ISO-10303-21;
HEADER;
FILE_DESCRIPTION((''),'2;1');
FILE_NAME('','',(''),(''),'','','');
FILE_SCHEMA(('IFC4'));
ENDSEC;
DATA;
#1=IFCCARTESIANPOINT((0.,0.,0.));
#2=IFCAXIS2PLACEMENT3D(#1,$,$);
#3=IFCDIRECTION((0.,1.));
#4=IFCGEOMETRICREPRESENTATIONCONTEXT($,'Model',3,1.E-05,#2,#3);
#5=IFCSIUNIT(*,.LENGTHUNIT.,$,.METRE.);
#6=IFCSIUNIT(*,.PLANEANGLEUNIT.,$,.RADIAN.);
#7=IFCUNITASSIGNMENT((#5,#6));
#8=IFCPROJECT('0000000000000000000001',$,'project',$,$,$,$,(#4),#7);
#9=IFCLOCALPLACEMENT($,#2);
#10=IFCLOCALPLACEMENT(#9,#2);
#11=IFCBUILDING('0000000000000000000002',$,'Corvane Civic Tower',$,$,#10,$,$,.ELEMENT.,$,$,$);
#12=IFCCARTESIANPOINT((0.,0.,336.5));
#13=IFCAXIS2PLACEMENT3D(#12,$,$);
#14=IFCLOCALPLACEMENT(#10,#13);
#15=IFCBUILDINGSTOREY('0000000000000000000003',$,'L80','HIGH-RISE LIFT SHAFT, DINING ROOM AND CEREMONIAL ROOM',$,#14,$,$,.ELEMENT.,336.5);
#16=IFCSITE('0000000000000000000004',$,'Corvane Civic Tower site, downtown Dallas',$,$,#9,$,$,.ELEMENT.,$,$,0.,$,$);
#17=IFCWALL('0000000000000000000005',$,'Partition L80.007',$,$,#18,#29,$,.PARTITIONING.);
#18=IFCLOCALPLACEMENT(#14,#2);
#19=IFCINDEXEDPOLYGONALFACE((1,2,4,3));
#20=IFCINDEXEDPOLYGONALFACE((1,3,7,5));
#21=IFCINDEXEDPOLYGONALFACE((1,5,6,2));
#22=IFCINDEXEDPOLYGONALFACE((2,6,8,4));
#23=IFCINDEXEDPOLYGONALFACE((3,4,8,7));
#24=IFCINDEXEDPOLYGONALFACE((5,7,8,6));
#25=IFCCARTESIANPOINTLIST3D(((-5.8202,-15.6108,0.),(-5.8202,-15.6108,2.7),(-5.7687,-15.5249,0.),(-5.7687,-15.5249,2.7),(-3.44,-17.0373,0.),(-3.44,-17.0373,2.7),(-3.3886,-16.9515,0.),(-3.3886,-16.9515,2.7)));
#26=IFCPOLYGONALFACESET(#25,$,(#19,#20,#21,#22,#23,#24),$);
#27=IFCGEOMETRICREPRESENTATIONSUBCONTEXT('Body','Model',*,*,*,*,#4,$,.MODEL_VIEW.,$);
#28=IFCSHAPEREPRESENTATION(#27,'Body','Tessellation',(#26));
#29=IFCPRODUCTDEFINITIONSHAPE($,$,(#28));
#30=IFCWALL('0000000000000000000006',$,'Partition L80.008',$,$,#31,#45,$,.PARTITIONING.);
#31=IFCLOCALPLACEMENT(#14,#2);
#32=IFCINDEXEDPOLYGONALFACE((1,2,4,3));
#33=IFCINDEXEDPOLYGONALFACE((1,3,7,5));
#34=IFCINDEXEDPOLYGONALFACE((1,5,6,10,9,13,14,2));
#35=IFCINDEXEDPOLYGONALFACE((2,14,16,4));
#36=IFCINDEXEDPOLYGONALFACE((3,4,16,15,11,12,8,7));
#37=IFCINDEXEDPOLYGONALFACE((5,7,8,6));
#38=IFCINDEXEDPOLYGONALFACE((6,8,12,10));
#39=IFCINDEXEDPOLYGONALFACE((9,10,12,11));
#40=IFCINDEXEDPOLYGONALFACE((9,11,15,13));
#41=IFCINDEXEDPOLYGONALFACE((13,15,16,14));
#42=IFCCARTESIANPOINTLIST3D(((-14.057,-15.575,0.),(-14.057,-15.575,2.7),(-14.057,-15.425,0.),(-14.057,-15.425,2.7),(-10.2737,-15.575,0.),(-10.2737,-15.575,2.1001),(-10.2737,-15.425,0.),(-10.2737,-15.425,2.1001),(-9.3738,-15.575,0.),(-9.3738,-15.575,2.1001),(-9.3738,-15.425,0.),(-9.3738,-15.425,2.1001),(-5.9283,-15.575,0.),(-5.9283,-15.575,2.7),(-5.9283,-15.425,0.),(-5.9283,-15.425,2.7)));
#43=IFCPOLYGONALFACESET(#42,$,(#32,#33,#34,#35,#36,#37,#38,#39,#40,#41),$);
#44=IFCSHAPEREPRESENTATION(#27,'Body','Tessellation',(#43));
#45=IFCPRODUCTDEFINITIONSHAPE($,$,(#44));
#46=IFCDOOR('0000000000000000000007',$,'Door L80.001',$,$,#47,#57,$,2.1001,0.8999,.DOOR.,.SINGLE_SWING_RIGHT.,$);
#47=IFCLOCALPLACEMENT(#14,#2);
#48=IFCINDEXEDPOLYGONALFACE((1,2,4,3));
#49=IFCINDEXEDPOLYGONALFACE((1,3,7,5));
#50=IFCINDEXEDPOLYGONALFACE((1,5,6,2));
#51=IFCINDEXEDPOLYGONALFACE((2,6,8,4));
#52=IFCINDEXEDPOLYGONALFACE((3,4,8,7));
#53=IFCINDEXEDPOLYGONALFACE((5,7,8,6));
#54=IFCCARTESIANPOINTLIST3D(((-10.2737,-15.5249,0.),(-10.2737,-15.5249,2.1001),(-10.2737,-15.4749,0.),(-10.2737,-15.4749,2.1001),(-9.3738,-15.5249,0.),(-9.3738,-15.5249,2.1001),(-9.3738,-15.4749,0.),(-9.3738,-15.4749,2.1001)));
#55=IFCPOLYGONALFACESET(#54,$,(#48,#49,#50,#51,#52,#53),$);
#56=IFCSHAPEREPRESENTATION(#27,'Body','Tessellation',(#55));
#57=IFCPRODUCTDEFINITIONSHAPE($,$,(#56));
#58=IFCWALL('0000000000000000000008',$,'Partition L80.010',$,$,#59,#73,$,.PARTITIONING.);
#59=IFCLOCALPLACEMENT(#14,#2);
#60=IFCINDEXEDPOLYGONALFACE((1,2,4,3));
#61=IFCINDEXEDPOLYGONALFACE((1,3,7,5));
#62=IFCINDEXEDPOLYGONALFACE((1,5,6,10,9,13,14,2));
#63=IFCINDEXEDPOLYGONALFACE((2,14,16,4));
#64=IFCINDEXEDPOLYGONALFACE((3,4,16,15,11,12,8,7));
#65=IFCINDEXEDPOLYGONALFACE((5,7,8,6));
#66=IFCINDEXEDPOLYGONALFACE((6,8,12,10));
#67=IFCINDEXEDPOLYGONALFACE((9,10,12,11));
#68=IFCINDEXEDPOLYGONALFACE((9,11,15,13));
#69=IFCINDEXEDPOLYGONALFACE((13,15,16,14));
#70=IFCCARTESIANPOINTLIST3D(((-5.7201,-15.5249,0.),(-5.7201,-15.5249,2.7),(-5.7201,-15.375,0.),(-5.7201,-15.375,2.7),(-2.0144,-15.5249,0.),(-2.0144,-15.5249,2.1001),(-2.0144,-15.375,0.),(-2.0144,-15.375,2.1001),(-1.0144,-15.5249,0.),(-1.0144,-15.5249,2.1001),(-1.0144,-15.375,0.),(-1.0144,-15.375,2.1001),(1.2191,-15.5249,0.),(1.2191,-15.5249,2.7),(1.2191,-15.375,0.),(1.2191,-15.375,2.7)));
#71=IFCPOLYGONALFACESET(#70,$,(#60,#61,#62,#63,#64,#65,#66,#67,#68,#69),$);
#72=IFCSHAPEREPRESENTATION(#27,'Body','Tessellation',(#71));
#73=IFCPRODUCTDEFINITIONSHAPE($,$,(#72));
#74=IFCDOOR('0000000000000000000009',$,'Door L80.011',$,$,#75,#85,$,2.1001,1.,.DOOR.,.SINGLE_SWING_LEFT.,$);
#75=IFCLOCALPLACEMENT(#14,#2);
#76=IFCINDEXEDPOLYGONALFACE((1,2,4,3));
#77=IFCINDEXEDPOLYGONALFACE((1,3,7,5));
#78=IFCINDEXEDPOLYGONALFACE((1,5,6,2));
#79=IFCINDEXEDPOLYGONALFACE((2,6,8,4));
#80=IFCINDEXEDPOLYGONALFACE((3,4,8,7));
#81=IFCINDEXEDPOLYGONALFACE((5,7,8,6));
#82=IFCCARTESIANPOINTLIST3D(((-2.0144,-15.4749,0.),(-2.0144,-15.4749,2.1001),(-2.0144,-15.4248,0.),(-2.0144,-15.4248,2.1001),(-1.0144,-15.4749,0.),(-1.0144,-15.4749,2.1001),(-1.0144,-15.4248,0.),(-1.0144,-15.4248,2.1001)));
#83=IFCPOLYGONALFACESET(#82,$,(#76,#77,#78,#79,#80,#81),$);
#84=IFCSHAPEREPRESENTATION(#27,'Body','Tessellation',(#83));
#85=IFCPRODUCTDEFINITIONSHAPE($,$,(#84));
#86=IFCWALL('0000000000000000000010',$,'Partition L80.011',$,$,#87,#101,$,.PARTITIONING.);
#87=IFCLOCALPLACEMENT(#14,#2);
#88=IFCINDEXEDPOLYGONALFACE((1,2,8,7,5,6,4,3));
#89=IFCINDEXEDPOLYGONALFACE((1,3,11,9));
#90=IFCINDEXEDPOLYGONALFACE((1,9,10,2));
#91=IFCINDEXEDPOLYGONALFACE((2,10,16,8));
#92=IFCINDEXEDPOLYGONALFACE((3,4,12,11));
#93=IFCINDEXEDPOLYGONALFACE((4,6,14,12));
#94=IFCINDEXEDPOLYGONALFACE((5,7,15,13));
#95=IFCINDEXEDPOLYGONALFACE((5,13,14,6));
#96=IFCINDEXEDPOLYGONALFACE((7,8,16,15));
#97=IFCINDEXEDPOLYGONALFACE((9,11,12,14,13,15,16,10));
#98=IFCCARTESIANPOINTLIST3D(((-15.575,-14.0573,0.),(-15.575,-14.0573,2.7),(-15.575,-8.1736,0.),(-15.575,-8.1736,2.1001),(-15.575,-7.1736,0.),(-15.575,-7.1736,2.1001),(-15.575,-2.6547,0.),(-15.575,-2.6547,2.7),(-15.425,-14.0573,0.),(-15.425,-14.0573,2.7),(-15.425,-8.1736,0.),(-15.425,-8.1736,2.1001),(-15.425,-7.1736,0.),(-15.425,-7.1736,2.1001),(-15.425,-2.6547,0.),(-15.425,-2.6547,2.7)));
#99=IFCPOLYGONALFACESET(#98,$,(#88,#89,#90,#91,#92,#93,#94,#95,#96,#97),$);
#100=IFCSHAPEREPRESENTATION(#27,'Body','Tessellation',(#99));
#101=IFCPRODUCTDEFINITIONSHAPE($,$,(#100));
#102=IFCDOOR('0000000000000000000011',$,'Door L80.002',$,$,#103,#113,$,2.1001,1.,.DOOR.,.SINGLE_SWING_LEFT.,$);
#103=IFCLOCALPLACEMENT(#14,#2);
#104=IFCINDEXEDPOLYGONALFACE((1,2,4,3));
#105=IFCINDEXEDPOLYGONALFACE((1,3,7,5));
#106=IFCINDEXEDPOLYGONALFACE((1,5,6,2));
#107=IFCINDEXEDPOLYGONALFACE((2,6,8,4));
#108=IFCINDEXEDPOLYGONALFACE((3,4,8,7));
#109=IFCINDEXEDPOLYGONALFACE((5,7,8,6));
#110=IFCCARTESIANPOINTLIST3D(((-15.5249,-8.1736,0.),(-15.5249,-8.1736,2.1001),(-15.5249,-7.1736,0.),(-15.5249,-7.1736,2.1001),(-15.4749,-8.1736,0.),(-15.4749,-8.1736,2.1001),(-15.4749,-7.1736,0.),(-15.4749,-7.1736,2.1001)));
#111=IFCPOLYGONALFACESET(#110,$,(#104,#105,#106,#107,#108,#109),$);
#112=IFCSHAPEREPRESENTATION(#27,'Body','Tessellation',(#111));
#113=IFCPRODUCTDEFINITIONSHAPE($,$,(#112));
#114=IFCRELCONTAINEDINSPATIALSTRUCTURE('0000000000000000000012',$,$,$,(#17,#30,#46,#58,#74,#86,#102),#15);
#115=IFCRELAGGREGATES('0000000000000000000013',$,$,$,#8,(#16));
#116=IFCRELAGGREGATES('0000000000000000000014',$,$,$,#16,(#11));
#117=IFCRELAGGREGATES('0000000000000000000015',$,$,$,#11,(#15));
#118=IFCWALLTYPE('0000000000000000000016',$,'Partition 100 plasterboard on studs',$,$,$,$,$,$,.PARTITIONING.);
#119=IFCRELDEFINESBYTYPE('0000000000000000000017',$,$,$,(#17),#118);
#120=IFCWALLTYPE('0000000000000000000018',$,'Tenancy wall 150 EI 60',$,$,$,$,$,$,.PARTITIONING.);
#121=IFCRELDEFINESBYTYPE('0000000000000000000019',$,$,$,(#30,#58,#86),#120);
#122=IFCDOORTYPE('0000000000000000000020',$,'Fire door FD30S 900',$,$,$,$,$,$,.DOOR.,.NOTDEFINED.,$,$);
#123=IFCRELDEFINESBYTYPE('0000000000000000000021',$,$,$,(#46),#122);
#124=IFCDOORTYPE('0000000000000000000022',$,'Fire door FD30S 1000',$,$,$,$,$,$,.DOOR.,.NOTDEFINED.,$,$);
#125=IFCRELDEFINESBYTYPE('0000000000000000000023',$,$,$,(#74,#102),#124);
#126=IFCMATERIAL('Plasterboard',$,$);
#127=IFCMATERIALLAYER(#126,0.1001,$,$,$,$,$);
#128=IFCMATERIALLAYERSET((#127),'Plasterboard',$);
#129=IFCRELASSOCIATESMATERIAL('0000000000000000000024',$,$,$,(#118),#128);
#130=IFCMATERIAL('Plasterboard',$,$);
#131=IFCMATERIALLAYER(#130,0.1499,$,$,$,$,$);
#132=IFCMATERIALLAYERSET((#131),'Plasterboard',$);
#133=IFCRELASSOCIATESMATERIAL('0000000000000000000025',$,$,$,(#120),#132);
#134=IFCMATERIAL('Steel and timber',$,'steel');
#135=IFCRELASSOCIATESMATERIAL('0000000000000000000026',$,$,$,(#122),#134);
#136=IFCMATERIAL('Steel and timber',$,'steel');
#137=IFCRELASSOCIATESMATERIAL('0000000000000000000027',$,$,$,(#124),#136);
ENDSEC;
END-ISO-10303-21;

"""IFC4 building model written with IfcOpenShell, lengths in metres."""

from ifc_helpers import new_model, si_unit, direction, frame, frame_2d, origin, place, context, subcontext, project, spatial, rectangle, extrude, material, layer, layer_set, type_object, element, fill, save


model = new_model("IFC4")

# Units and contexts
model_context = context("Model", 3, precision=1e-05, world=origin(), true_north=direction((0.0, 1.0)))
body_context = subcontext(model_context, "Body", "Model", "MODEL_VIEW")
ifc_project = project(units=[si_unit("LENGTHUNIT", "METRE"), si_unit("PLANEANGLEUNIT", "RADIAN")], contexts=[model_context])

# Site, building, storey
site_placement = place(None, origin())
site = spatial("IfcSite", under=ifc_project, at=site_placement, Name="Corvane Civic Tower site, downtown Dallas", CompositionType="ELEMENT", RefElevation=0.0)
building_placement = place(site_placement, origin())
building = spatial("IfcBuilding", under=site, at=building_placement, Name="Corvane Civic Tower", CompositionType="ELEMENT")
storey_placement = place(building_placement, frame((0.0, 0.0, 336.5)))
storey = spatial("IfcBuildingStorey", under=building, at=storey_placement, Name="L80", Description="HIGH-RISE LIFT SHAFT, DINING ROOM AND CEREMONIAL ROOM", CompositionType="ELEMENT", Elevation=336.5)

# Wall
ifc_material_1 = material(Name="Plasterboard")
ifc_layer_1 = layer(ifc_material_1, 0.1001)
ifc_layer_set_1 = layer_set([ifc_layer_1], Name="Plasterboard")
wall_type_1 = type_object("IfcWallType", Name="Partition 100 plasterboard on studs", PredefinedType="PARTITIONING", material=ifc_layer_set_1)
wall_1_placement = place(storey_placement, frame((-5.7944, -15.5679, 0.0), z_axis=(0.0, 0.0, 1.0), x_axis=(0.857741, -0.514082, 0.0)))
element("IfcWall", 1, at=wall_1_placement, inside=storey, type_object=wall_type_1, Name="Partition L80.007", PredefinedType="PARTITIONING", context=body_context, shape_type="SweptSolid", body=[
    extrude(rectangle(XDim=2.7749, YDim=0.1001, at=frame_2d((1.3875, 0.0))), origin(), (0.0, 0.0, 1.0), 2.7),
])

# Walls, openings, doors
ifc_material_2 = material(Name="Plasterboard")
ifc_layer_2 = layer(ifc_material_2, 0.1499)
ifc_layer_set_2 = layer_set([ifc_layer_2], Name="Plasterboard")
wall_type_2 = type_object("IfcWallType", Name="Tenancy wall 150 EI 60", PredefinedType="PARTITIONING", material=ifc_layer_set_2)
wall_2_placement = place(storey_placement, frame((-14.0571, -15.5, 0.0), z_axis=(0.0, 0.0, 1.0), x_axis=(1.0, 0.0, 0.0)))
wall_2 = element("IfcWall", 2, at=wall_2_placement, inside=storey, type_object=wall_type_2, Name="Partition L80.008", PredefinedType="PARTITIONING", context=body_context, shape_type="SweptSolid", body=[
    extrude(rectangle(XDim=8.1287, YDim=0.1499, at=frame_2d((4.0645, 0.0))), origin(), (0.0, 0.0, 1.0), 2.7),
])
opening_1_placement = place(wall_2_placement, frame((3.7834, 0.0, 0.0)))
opening_1 = element("IfcOpeningElement", 3, at=opening_1_placement, cuts=wall_2, PredefinedType="OPENING", context=body_context, shape_type="SweptSolid", body=[
    extrude(rectangle(XDim=0.8999, YDim=2.1001, at=frame_2d((0.45, 1.05))), frame((0.0, 0.085, 0.0), z_axis=(0.0, -1.0, 0.0), x_axis=(1.0, 0.0, 0.0)), (0.0, 0.0, 1.0), 0.1699),
])
ifc_material_3 = material(Name="Steel and timber", Category="steel")
door_type_1 = type_object("IfcDoorType", Name="Fire door FD30S 900", OperationType="NOTDEFINED", PredefinedType="DOOR", material=ifc_material_3)
door_1_placement = place(opening_1_placement, frame((0.8999, 0.0, 0.0), z_axis=(0.0, 0.0, 1.0), x_axis=(-1.0, 0.0, 0.0)))
door_1 = element("IfcDoor", 4, at=door_1_placement, inside=storey, type_object=door_type_1, Name="Door L80.001", OperationType="SINGLE_SWING_RIGHT", OverallHeight=2.1001, OverallWidth=0.8999, PredefinedType="DOOR", context=body_context, shape_type="SweptSolid", body=[
    extrude(rectangle(XDim=0.8999, YDim=2.1001, at=frame_2d((0.45, 1.05))), frame((0.0, 0.0249, 0.0), z_axis=(0.0, -1.0, 0.0), x_axis=(1.0, 0.0, 0.0)), (0.0, 0.0, 1.0), 0.05),
])
fill(opening_1, door_1)
wall_3_placement = place(storey_placement, frame((-5.7202, -15.45, 0.0), z_axis=(0.0, 0.0, 1.0), x_axis=(1.0, 0.0, 0.0)))
wall_3 = element("IfcWall", 5, at=wall_3_placement, inside=storey, type_object=wall_type_2, Name="Partition L80.010", PredefinedType="PARTITIONING", context=body_context, shape_type="SweptSolid", body=[
    extrude(rectangle(XDim=6.9392, YDim=0.1499, at=frame_2d((3.4697, 0.0))), origin(), (0.0, 0.0, 1.0), 2.7),
])
opening_2_placement = place(wall_3_placement, frame((3.7058, 0.0, 0.0)))
opening_2 = element("IfcOpeningElement", 6, at=opening_2_placement, cuts=wall_3, PredefinedType="OPENING", context=body_context, shape_type="SweptSolid", body=[
    extrude(rectangle(XDim=1.0, YDim=2.1001, at=frame_2d((0.5, 1.05))), frame((0.0, 0.085, 0.0), z_axis=(0.0, -1.0, 0.0), x_axis=(1.0, 0.0, 0.0)), (0.0, 0.0, 1.0), 0.1699),
])
ifc_material_4 = material(Name="Steel and timber", Category="steel")
door_type_2 = type_object("IfcDoorType", Name="Fire door FD30S 1000", OperationType="NOTDEFINED", PredefinedType="DOOR", material=ifc_material_4)
door_2_placement = place(opening_2_placement, frame((1.0, 0.0, 0.0), z_axis=(0.0, 0.0, 1.0), x_axis=(-1.0, 0.0, 0.0)))
door_2 = element("IfcDoor", 7, at=door_2_placement, inside=storey, type_object=door_type_2, Name="Door L80.011", OperationType="SINGLE_SWING_LEFT", OverallHeight=2.1001, OverallWidth=1.0, PredefinedType="DOOR", context=body_context, shape_type="SweptSolid", body=[
    extrude(rectangle(XDim=1.0, YDim=2.1001, at=frame_2d((0.5, 1.05))), frame((0.0, 0.0249, 0.0), z_axis=(0.0, -1.0, 0.0), x_axis=(1.0, 0.0, 0.0)), (0.0, 0.0, 1.0), 0.05),
])
fill(opening_2, door_2)
wall_4_placement = place(storey_placement, frame((-15.5, -14.0571, 0.0), z_axis=(0.0, 0.0, 1.0), x_axis=(0.0, 1.0, 0.0)))
wall_4 = element("IfcWall", 8, at=wall_4_placement, inside=storey, type_object=wall_type_2, Name="Partition L80.011", PredefinedType="PARTITIONING", context=body_context, shape_type="SweptSolid", body=[
    extrude(rectangle(XDim=11.4026, YDim=0.1499, at=frame_2d((5.7012, 0.0))), origin(), (0.0, 0.0, 1.0), 2.7),
])
opening_3_placement = place(wall_4_placement, frame((5.8835, 0.0, 0.0)))
opening_3 = element("IfcOpeningElement", 9, at=opening_3_placement, cuts=wall_4, PredefinedType="OPENING", context=body_context, shape_type="SweptSolid", body=[
    extrude(rectangle(XDim=1.0, YDim=2.1001, at=frame_2d((0.5, 1.05))), frame((0.0, 0.085, 0.0), z_axis=(0.0, -1.0, 0.0), x_axis=(1.0, 0.0, 0.0)), (0.0, 0.0, 1.0), 0.1699),
])
door_3_placement = place(opening_3_placement, origin())
door_3 = element("IfcDoor", 10, at=door_3_placement, inside=storey, type_object=door_type_2, Name="Door L80.002", OperationType="SINGLE_SWING_LEFT", OverallHeight=2.1001, OverallWidth=1.0, PredefinedType="DOOR", context=body_context, shape_type="SweptSolid", body=[
    extrude(rectangle(XDim=1.0, YDim=2.1001, at=frame_2d((0.5, 1.05))), frame((0.0, 0.0249, 0.0), z_axis=(0.0, -1.0, 0.0), x_axis=(1.0, 0.0, 0.0)), (0.0, 0.0, 1.0), 0.05),
])
fill(opening_3, door_3)

save(model, "model.ifc")
